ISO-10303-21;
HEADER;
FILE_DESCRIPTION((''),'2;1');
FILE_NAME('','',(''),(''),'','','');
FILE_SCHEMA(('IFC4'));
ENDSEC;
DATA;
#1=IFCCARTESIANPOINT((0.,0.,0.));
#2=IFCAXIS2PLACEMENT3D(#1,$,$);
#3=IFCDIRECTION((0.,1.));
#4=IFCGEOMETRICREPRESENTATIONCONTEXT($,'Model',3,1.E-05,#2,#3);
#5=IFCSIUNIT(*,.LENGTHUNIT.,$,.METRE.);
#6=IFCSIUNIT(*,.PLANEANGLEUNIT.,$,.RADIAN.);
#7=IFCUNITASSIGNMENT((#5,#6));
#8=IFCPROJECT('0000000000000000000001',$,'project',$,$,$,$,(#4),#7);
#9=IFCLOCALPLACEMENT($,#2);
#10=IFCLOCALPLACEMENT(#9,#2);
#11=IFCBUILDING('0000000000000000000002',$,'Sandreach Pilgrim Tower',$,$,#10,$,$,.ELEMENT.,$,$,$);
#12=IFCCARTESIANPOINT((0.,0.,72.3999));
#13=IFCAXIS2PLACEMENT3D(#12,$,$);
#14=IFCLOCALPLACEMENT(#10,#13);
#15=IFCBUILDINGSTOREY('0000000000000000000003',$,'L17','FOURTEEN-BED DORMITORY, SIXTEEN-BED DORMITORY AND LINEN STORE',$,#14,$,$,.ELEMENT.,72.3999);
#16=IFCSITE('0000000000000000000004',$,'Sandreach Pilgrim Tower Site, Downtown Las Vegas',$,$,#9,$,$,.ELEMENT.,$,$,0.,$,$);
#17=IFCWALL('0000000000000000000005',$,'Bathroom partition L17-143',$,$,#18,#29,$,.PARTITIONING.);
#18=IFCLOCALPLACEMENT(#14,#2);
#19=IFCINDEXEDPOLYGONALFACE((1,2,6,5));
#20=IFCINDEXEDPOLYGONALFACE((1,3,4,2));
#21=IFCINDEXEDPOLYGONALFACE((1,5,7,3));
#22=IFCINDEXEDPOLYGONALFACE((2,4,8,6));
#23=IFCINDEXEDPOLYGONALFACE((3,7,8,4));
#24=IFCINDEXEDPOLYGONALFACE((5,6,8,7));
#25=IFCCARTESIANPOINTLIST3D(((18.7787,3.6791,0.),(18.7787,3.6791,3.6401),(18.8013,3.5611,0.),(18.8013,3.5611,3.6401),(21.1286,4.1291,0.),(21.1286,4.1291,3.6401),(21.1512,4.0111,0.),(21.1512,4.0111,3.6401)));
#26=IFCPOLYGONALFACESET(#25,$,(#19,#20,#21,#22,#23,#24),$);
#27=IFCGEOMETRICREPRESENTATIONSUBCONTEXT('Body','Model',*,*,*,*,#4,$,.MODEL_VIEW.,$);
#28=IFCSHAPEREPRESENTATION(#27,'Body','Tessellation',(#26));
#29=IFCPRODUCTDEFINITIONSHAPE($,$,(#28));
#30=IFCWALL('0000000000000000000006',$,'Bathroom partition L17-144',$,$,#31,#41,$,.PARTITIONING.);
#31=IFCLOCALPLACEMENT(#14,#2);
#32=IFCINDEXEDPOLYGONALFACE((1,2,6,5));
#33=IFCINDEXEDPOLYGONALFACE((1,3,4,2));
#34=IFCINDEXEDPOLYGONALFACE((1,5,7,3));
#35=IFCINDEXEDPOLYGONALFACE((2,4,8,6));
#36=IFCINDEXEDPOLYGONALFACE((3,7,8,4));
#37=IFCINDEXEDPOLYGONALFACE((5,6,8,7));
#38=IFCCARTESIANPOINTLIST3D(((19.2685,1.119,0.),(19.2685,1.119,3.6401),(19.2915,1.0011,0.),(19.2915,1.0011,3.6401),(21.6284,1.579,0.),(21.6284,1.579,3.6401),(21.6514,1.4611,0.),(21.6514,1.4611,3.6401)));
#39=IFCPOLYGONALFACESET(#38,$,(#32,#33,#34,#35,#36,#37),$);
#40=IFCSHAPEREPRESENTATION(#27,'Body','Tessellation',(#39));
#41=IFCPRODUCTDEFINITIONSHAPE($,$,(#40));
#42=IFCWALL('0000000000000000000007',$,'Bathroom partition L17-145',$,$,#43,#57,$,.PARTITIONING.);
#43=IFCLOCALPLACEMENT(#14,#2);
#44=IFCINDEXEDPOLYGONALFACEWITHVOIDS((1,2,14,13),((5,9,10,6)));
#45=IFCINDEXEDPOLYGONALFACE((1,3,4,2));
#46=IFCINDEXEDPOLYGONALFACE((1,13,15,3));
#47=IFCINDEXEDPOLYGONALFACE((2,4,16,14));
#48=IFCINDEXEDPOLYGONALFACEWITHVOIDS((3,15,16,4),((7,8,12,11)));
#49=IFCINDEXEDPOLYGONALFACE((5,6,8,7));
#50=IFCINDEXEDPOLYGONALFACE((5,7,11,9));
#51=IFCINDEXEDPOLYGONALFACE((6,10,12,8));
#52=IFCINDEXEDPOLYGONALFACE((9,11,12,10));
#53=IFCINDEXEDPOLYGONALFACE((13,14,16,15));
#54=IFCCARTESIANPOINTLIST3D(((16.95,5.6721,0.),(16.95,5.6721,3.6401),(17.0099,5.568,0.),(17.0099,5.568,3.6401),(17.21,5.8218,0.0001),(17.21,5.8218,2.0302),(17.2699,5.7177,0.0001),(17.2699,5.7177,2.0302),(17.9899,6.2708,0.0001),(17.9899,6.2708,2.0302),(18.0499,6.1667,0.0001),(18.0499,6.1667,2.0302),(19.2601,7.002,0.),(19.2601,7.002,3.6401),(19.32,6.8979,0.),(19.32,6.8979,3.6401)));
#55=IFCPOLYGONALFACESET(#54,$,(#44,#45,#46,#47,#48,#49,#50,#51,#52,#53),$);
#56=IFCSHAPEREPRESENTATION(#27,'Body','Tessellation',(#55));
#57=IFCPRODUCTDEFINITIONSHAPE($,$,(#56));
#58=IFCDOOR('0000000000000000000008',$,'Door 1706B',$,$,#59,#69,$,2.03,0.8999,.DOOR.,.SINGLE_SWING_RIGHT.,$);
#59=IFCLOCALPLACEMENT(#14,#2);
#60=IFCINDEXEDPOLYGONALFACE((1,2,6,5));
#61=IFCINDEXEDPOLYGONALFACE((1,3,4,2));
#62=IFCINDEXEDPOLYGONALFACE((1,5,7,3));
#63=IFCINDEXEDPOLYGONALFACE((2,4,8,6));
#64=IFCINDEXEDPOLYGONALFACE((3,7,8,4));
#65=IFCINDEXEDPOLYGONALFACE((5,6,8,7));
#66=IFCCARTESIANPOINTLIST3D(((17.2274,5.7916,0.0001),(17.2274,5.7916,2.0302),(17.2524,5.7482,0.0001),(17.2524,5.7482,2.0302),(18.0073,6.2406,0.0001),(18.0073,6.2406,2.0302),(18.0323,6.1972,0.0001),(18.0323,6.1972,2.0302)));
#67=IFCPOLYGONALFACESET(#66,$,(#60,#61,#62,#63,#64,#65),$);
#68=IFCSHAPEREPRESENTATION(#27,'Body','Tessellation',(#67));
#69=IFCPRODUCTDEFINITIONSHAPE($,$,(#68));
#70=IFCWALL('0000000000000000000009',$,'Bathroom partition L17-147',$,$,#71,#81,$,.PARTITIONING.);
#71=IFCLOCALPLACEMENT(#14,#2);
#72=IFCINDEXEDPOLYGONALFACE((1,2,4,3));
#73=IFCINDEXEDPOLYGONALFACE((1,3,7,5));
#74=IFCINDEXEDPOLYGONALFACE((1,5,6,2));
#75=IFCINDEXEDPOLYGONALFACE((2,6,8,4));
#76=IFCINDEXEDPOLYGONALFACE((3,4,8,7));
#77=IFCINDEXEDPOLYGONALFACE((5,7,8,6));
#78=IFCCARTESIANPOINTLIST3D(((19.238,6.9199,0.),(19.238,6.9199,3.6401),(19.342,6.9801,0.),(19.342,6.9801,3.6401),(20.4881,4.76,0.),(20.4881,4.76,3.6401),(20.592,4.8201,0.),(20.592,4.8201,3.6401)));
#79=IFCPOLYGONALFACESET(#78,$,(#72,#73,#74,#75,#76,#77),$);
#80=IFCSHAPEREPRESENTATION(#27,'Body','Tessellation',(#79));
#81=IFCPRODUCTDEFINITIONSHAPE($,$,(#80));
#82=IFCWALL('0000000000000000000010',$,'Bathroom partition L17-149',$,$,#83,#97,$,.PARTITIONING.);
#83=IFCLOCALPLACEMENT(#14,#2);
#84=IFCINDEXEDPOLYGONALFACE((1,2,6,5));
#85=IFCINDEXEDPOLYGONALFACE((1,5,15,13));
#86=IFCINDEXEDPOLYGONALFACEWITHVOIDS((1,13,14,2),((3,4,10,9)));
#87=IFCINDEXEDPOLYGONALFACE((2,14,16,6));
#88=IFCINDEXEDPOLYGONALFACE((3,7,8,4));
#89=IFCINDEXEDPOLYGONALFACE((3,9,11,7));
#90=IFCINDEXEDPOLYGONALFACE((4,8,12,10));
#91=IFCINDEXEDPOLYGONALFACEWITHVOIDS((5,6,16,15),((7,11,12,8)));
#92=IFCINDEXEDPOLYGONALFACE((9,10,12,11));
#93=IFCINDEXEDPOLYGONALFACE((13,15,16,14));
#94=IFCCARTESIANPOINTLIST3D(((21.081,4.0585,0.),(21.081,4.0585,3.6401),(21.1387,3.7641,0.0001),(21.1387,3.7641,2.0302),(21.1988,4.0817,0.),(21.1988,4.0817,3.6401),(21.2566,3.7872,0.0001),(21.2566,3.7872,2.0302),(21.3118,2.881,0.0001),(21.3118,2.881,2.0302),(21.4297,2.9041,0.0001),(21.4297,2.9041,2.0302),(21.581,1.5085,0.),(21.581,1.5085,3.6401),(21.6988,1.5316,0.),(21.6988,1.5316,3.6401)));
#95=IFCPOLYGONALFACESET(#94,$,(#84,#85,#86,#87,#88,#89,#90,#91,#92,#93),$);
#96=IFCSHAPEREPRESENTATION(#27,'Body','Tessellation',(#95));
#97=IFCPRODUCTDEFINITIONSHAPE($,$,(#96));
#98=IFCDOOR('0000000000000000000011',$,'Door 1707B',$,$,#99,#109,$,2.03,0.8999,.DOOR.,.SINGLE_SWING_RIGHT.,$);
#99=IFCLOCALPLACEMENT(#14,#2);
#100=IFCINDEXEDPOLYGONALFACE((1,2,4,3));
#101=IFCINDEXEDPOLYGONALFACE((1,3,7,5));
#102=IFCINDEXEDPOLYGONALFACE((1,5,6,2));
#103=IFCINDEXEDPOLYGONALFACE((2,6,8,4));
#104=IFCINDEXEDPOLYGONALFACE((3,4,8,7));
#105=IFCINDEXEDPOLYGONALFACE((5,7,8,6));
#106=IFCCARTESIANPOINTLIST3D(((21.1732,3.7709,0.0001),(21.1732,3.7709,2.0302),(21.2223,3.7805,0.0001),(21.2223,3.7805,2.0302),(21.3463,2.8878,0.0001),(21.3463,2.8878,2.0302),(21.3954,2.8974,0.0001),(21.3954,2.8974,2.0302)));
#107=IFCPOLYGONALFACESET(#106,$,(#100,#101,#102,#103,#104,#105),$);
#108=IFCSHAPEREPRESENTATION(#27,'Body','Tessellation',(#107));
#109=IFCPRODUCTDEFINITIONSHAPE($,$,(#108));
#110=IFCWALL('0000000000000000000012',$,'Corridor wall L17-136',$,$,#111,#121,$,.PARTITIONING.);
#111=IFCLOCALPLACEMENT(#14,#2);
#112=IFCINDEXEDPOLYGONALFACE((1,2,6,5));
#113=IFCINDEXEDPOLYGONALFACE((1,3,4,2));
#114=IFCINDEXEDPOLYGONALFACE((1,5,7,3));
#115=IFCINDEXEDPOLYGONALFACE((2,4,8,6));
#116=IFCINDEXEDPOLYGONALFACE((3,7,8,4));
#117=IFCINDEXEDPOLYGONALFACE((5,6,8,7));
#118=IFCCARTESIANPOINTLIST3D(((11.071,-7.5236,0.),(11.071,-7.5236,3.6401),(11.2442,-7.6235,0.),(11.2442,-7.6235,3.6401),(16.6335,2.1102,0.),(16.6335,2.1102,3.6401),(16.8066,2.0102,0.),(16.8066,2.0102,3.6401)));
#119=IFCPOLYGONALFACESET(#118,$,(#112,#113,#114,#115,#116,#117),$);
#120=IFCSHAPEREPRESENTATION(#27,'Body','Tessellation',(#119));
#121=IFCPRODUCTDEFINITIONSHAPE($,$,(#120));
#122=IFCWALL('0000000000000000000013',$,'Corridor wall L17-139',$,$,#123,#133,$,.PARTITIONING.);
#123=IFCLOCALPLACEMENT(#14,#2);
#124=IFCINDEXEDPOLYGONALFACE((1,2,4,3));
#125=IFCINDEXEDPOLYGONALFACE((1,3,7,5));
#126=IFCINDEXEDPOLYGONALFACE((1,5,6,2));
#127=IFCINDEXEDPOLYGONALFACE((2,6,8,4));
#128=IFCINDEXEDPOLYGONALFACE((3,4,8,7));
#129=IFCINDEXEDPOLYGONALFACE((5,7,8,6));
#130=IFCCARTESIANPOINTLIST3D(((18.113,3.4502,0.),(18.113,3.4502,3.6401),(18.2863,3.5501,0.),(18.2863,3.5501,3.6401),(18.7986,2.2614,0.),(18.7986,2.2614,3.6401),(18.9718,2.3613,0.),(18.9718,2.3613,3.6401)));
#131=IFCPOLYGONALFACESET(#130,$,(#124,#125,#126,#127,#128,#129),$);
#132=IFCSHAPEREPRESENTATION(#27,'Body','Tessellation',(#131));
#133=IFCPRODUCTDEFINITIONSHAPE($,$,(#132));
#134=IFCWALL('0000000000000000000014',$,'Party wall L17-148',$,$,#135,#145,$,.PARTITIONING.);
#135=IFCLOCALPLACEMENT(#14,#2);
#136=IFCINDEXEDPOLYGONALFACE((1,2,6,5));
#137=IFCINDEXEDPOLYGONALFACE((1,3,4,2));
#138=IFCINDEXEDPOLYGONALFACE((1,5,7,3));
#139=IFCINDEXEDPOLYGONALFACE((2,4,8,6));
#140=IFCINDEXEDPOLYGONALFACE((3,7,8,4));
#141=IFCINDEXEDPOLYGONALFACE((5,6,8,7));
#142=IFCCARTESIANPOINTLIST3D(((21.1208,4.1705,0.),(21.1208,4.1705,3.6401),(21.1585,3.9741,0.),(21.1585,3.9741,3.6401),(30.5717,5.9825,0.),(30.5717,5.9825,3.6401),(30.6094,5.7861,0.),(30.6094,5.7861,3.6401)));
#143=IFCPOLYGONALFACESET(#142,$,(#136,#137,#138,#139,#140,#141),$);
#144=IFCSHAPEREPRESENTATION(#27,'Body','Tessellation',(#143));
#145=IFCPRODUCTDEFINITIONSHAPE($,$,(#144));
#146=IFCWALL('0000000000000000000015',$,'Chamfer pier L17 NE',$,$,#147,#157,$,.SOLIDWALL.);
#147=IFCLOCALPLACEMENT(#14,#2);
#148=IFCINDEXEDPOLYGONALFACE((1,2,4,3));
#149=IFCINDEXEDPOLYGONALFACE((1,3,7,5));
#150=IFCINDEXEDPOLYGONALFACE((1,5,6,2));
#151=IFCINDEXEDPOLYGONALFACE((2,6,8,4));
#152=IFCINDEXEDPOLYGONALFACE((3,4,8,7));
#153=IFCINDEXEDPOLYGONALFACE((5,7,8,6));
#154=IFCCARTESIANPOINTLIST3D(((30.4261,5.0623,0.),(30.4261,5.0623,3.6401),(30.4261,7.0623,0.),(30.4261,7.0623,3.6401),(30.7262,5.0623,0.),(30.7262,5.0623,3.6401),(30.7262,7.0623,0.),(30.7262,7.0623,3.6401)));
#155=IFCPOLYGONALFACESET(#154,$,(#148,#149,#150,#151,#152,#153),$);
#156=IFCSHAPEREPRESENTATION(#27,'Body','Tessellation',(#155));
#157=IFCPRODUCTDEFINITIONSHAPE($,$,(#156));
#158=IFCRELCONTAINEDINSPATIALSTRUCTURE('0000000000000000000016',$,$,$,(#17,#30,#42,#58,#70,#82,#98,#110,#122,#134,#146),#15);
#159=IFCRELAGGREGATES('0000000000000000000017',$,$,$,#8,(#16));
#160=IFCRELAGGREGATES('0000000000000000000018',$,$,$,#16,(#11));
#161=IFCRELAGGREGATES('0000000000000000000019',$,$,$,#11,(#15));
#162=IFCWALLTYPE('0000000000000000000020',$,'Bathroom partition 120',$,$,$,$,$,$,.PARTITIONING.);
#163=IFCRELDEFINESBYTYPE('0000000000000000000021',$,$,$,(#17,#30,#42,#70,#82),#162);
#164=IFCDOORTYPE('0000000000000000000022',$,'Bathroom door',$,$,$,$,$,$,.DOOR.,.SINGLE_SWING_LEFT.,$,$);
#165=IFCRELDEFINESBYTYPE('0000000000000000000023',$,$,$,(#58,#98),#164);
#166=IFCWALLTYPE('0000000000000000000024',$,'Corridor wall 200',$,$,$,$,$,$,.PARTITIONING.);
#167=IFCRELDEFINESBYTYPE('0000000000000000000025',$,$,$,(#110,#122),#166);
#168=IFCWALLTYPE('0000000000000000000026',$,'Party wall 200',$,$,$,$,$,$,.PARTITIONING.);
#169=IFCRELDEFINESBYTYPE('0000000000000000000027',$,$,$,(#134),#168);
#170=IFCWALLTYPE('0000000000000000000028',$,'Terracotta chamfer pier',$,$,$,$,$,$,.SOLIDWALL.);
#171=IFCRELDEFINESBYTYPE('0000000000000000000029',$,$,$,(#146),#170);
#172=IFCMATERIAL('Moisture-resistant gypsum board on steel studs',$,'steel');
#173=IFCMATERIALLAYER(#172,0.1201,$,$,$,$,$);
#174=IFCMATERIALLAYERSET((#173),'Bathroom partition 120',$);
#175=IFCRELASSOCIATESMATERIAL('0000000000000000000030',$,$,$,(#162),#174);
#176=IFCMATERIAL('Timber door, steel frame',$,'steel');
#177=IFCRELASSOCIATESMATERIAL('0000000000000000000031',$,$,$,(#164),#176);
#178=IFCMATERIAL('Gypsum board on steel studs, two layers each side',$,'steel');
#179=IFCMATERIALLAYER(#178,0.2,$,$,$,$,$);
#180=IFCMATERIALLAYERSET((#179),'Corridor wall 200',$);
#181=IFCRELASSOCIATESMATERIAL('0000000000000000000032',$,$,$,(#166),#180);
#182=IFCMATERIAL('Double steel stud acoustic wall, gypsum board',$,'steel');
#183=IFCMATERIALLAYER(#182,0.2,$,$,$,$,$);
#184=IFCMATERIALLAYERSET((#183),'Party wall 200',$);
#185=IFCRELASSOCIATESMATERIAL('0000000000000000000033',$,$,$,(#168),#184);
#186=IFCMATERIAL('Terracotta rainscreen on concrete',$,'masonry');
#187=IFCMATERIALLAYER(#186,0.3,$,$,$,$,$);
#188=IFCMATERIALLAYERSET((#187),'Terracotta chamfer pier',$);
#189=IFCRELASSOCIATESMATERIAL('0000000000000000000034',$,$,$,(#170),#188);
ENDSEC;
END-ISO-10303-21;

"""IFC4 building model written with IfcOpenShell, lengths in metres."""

from ifc_helpers import new_model, si_unit, direction, frame, frame_2d, origin, place, context, subcontext, project, spatial, rectangle, extrude, material, layer, layer_set, type_object, element, fill, save


model = new_model("IFC4")

# Units and contexts
model_context = context("Model", 3, precision=1e-05, world=origin(), true_north=direction((0.0, 1.0)))
body_context = subcontext(model_context, "Body", "Model", "MODEL_VIEW")
ifc_project = project(units=[si_unit("LENGTHUNIT", "METRE"), si_unit("PLANEANGLEUNIT", "RADIAN")], contexts=[model_context])

# Site, building, storey
site_placement = place(None, origin())
site = spatial("IfcSite", under=ifc_project, at=site_placement, Name="Sandreach Pilgrim Tower Site, Downtown Las Vegas", CompositionType="ELEMENT", RefElevation=0.0)
building_placement = place(site_placement, origin())
building = spatial("IfcBuilding", under=site, at=building_placement, Name="Sandreach Pilgrim Tower", CompositionType="ELEMENT")
storey_placement = place(building_placement, frame((0.0, 0.0, 72.3999)))
storey = spatial("IfcBuildingStorey", under=building, at=storey_placement, Name="L17", Description="FOURTEEN-BED DORMITORY, SIXTEEN-BED DORMITORY AND LINEN STORE", CompositionType="ELEMENT", Elevation=72.3999)

# Walls
ifc_material_1 = material(Name="Moisture-resistant gypsum board on steel studs", Category="steel")
ifc_layer_1 = layer(ifc_material_1, 0.1201)
ifc_layer_set_1 = layer_set([ifc_layer_1], Name="Bathroom partition 120")
wall_type_1 = type_object("IfcWallType", Name="Bathroom partition 120", PredefinedType="PARTITIONING", material=ifc_layer_set_1)
wall_1_placement = place(storey_placement, frame((18.79, 3.6201, 0.0), z_axis=(0.0, 0.0, 1.0), x_axis=(0.982157, 0.188064, 0.0)))
element("IfcWall", 1, at=wall_1_placement, inside=storey, type_object=wall_type_1, Name="Bathroom partition L17-143", PredefinedType="PARTITIONING", context=body_context, shape_type="SweptSolid", body=[
    extrude(rectangle(XDim=2.3926, YDim=0.1201, at=frame_2d((1.1963, 0.0))), origin(), (0.0, 0.0, 1.0), 3.6401),
])
wall_2_placement = place(storey_placement, frame((19.28, 1.0601, 0.0), z_axis=(0.0, 0.0, 1.0), x_axis=(0.98153, 0.19131, 0.0)))
element("IfcWall", 2, at=wall_2_placement, inside=storey, type_object=wall_type_1, Name="Bathroom partition L17-144", PredefinedType="PARTITIONING", context=body_context, shape_type="SweptSolid", body=[
    extrude(rectangle(XDim=2.4043, YDim=0.1201, at=frame_2d((1.2021, 0.0))), origin(), (0.0, 0.0, 1.0), 3.6401),
])

# Wall, opening, door
wall_3_placement = place(storey_placement, frame((19.29, 6.95, 0.0), z_axis=(0.0, 0.0, 1.0), x_axis=(-0.866655, -0.498908, 0.0)))
wall_3 = element("IfcWall", 3, at=wall_3_placement, inside=storey, type_object=wall_type_1, Name="Bathroom partition L17-145", PredefinedType="PARTITIONING", context=body_context, shape_type="SweptSolid", body=[
    extrude(rectangle(XDim=2.6655, YDim=0.1201, at=frame_2d((1.3328, 0.0))), origin(), (0.0, 0.0, 1.0), 3.6401),
])
opening_1_placement = place(wall_3_placement, frame((1.4656, 0.0, 0.0)))
opening_1 = element("IfcOpeningElement", 4, at=opening_1_placement, cuts=wall_3, PredefinedType="OPENING", context=body_context, shape_type="SweptSolid", body=[
    extrude(rectangle(XDim=0.8999, YDim=2.03, at=frame_2d((0.45, 1.0151))), frame((0.0, 0.0601, 0.0), z_axis=(0.0, -1.0, 0.0), x_axis=(1.0, 0.0, 0.0)), (0.0, 0.0, 1.0), 0.1201),
])
ifc_material_2 = material(Name="Timber door, steel frame", Category="steel")
door_type = type_object("IfcDoorType", Name="Bathroom door", OperationType="SINGLE_SWING_LEFT", PredefinedType="DOOR", material=ifc_material_2)
door_1_placement = place(opening_1_placement, origin())
door_1 = element("IfcDoor", 5, at=door_1_placement, inside=storey, type_object=door_type, Name="Door 1706B", OperationType="SINGLE_SWING_RIGHT", OverallHeight=2.03, OverallWidth=0.8999, PredefinedType="DOOR", context=body_context, shape_type="SweptSolid", body=[
    extrude(rectangle(XDim=0.8999, YDim=2.03, at=frame_2d((0.45, 1.0151))), frame((0.0, 0.0249, 0.0), z_axis=(0.0, -1.0, 0.0), x_axis=(1.0, 0.0, 0.0)), (0.0, 0.0, 1.0), 0.05),
])
fill(opening_1, door_1)

# Wall
wall_4_placement = place(storey_placement, frame((20.54, 4.79, 0.0), z_axis=(0.0, 0.0, 1.0), x_axis=(-0.500894, 0.865509, 0.0)))
element("IfcWall", 6, at=wall_4_placement, inside=storey, type_object=wall_type_1, Name="Bathroom partition L17-147", PredefinedType="PARTITIONING", context=body_context, shape_type="SweptSolid", body=[
    extrude(rectangle(XDim=2.4956, YDim=0.1201, at=frame_2d((1.2478, 0.0))), origin(), (0.0, 0.0, 1.0), 3.6401),
])

# Wall, opening, door
wall_5_placement = place(storey_placement, frame((21.6399, 1.52, 0.0), z_axis=(0.0, 0.0, 1.0), x_axis=(-0.192411, 0.981314, 0.0)))
wall_5 = element("IfcWall", 7, at=wall_5_placement, inside=storey, type_object=wall_type_1, Name="Bathroom partition L17-149", PredefinedType="PARTITIONING", context=body_context, shape_type="SweptSolid", body=[
    extrude(rectangle(XDim=2.5986, YDim=0.1201, at=frame_2d((1.2993, 0.0))), origin(), (0.0, 0.0, 1.0), 3.6401),
])
opening_2_placement = place(wall_5_placement, frame((1.3987, 0.0, 0.0)))
opening_2 = element("IfcOpeningElement", 8, at=opening_2_placement, cuts=wall_5, PredefinedType="OPENING", context=body_context, shape_type="SweptSolid", body=[
    extrude(rectangle(XDim=0.8999, YDim=2.03, at=frame_2d((0.45, 1.0151))), frame((0.0, 0.0601, 0.0), z_axis=(0.0, -1.0, 0.0), x_axis=(1.0, 0.0, 0.0)), (0.0, 0.0, 1.0), 0.1201),
])
door_2_placement = place(opening_2_placement, origin())
door_2 = element("IfcDoor", 9, at=door_2_placement, inside=storey, type_object=door_type, Name="Door 1707B", OperationType="SINGLE_SWING_RIGHT", OverallHeight=2.03, OverallWidth=0.8999, PredefinedType="DOOR", context=body_context, shape_type="SweptSolid", body=[
    extrude(rectangle(XDim=0.8999, YDim=2.03, at=frame_2d((0.45, 1.0151))), frame((0.0, 0.0249, 0.0), z_axis=(0.0, -1.0, 0.0), x_axis=(1.0, 0.0, 0.0)), (0.0, 0.0, 1.0), 0.05),
])
fill(opening_2, door_2)

# Walls
ifc_material_3 = material(Name="Gypsum board on steel studs, two layers each side", Category="steel")
ifc_layer_2 = layer(ifc_material_3, 0.2)
ifc_layer_set_2 = layer_set([ifc_layer_2], Name="Corridor wall 200")
wall_type_2 = type_object("IfcWallType", Name="Corridor wall 200", PredefinedType="PARTITIONING", material=ifc_layer_set_2)
wall_6_placement = place(storey_placement, frame((16.72, 2.0601, 0.0), z_axis=(0.0, 0.0, 1.0), x_axis=(-0.500029, -0.866009, 0.0)))
element("IfcWall", 10, at=wall_6_placement, inside=storey, type_object=wall_type_2, Name="Corridor wall L17-136", PredefinedType="PARTITIONING", context=body_context, shape_type="SweptSolid", body=[
    extrude(rectangle(XDim=11.1243, YDim=0.2, at=frame_2d((5.562, 0.0))), origin(), (0.0, 0.0, 1.0), 3.6401),
])
wall_7_placement = place(storey_placement, frame((18.1997, 3.5, 0.0), z_axis=(0.0, 0.0, 1.0), x_axis=(0.499584, -0.866266, 0.0)))
element("IfcWall", 11, at=wall_7_placement, inside=storey, type_object=wall_type_2, Name="Corridor wall L17-139", PredefinedType="PARTITIONING", context=body_context, shape_type="SweptSolid", body=[
    extrude(rectangle(XDim=1.3723, YDim=0.2, at=frame_2d((0.686, 0.0))), origin(), (0.0, 0.0, 1.0), 3.6401),
])
ifc_material_4 = material(Name="Double steel stud acoustic wall, gypsum board", Category="steel")
ifc_layer_3 = layer(ifc_material_4, 0.2)
ifc_layer_set_3 = layer_set([ifc_layer_3], Name="Party wall 200")
wall_type_3 = type_object("IfcWallType", Name="Party wall 200", PredefinedType="PARTITIONING", material=ifc_layer_set_3)
wall_8_placement = place(storey_placement, frame((21.1396, 4.0723, 0.0), z_axis=(0.0, 0.0, 1.0), x_axis=(0.982112, 0.188299, 0.0)))
element("IfcWall", 12, at=wall_8_placement, inside=storey, type_object=wall_type_3, Name="Party wall L17-148", PredefinedType="PARTITIONING", context=body_context, shape_type="SweptSolid", body=[
    extrude(rectangle(XDim=9.623, YDim=0.2, at=frame_2d((4.8115, 0.0))), origin(), (0.0, 0.0, 1.0), 3.6401),
])
ifc_material_5 = material(Name="Terracotta rainscreen on concrete", Category="masonry")
ifc_layer_4 = layer(ifc_material_5, 0.3)
ifc_layer_set_4 = layer_set([ifc_layer_4], Name="Terracotta chamfer pier")
wall_type_4 = type_object("IfcWallType", Name="Terracotta chamfer pier", PredefinedType="SOLIDWALL", material=ifc_layer_set_4)
wall_9_placement = place(storey_placement, frame((30.5762, 7.0623, 0.0), z_axis=(0.0, 0.0, 1.0), x_axis=(0.0, -1.0, 0.0)))
element("IfcWall", 13, at=wall_9_placement, inside=storey, type_object=wall_type_4, Name="Chamfer pier L17 NE", PredefinedType="SOLIDWALL", context=body_context, shape_type="SweptSolid", body=[
    extrude(rectangle(XDim=2.0, YDim=0.3, at=frame_2d((1.0, 0.0))), origin(), (0.0, 0.0, 1.0), 3.6401),
])

save(model, "model.ifc")
